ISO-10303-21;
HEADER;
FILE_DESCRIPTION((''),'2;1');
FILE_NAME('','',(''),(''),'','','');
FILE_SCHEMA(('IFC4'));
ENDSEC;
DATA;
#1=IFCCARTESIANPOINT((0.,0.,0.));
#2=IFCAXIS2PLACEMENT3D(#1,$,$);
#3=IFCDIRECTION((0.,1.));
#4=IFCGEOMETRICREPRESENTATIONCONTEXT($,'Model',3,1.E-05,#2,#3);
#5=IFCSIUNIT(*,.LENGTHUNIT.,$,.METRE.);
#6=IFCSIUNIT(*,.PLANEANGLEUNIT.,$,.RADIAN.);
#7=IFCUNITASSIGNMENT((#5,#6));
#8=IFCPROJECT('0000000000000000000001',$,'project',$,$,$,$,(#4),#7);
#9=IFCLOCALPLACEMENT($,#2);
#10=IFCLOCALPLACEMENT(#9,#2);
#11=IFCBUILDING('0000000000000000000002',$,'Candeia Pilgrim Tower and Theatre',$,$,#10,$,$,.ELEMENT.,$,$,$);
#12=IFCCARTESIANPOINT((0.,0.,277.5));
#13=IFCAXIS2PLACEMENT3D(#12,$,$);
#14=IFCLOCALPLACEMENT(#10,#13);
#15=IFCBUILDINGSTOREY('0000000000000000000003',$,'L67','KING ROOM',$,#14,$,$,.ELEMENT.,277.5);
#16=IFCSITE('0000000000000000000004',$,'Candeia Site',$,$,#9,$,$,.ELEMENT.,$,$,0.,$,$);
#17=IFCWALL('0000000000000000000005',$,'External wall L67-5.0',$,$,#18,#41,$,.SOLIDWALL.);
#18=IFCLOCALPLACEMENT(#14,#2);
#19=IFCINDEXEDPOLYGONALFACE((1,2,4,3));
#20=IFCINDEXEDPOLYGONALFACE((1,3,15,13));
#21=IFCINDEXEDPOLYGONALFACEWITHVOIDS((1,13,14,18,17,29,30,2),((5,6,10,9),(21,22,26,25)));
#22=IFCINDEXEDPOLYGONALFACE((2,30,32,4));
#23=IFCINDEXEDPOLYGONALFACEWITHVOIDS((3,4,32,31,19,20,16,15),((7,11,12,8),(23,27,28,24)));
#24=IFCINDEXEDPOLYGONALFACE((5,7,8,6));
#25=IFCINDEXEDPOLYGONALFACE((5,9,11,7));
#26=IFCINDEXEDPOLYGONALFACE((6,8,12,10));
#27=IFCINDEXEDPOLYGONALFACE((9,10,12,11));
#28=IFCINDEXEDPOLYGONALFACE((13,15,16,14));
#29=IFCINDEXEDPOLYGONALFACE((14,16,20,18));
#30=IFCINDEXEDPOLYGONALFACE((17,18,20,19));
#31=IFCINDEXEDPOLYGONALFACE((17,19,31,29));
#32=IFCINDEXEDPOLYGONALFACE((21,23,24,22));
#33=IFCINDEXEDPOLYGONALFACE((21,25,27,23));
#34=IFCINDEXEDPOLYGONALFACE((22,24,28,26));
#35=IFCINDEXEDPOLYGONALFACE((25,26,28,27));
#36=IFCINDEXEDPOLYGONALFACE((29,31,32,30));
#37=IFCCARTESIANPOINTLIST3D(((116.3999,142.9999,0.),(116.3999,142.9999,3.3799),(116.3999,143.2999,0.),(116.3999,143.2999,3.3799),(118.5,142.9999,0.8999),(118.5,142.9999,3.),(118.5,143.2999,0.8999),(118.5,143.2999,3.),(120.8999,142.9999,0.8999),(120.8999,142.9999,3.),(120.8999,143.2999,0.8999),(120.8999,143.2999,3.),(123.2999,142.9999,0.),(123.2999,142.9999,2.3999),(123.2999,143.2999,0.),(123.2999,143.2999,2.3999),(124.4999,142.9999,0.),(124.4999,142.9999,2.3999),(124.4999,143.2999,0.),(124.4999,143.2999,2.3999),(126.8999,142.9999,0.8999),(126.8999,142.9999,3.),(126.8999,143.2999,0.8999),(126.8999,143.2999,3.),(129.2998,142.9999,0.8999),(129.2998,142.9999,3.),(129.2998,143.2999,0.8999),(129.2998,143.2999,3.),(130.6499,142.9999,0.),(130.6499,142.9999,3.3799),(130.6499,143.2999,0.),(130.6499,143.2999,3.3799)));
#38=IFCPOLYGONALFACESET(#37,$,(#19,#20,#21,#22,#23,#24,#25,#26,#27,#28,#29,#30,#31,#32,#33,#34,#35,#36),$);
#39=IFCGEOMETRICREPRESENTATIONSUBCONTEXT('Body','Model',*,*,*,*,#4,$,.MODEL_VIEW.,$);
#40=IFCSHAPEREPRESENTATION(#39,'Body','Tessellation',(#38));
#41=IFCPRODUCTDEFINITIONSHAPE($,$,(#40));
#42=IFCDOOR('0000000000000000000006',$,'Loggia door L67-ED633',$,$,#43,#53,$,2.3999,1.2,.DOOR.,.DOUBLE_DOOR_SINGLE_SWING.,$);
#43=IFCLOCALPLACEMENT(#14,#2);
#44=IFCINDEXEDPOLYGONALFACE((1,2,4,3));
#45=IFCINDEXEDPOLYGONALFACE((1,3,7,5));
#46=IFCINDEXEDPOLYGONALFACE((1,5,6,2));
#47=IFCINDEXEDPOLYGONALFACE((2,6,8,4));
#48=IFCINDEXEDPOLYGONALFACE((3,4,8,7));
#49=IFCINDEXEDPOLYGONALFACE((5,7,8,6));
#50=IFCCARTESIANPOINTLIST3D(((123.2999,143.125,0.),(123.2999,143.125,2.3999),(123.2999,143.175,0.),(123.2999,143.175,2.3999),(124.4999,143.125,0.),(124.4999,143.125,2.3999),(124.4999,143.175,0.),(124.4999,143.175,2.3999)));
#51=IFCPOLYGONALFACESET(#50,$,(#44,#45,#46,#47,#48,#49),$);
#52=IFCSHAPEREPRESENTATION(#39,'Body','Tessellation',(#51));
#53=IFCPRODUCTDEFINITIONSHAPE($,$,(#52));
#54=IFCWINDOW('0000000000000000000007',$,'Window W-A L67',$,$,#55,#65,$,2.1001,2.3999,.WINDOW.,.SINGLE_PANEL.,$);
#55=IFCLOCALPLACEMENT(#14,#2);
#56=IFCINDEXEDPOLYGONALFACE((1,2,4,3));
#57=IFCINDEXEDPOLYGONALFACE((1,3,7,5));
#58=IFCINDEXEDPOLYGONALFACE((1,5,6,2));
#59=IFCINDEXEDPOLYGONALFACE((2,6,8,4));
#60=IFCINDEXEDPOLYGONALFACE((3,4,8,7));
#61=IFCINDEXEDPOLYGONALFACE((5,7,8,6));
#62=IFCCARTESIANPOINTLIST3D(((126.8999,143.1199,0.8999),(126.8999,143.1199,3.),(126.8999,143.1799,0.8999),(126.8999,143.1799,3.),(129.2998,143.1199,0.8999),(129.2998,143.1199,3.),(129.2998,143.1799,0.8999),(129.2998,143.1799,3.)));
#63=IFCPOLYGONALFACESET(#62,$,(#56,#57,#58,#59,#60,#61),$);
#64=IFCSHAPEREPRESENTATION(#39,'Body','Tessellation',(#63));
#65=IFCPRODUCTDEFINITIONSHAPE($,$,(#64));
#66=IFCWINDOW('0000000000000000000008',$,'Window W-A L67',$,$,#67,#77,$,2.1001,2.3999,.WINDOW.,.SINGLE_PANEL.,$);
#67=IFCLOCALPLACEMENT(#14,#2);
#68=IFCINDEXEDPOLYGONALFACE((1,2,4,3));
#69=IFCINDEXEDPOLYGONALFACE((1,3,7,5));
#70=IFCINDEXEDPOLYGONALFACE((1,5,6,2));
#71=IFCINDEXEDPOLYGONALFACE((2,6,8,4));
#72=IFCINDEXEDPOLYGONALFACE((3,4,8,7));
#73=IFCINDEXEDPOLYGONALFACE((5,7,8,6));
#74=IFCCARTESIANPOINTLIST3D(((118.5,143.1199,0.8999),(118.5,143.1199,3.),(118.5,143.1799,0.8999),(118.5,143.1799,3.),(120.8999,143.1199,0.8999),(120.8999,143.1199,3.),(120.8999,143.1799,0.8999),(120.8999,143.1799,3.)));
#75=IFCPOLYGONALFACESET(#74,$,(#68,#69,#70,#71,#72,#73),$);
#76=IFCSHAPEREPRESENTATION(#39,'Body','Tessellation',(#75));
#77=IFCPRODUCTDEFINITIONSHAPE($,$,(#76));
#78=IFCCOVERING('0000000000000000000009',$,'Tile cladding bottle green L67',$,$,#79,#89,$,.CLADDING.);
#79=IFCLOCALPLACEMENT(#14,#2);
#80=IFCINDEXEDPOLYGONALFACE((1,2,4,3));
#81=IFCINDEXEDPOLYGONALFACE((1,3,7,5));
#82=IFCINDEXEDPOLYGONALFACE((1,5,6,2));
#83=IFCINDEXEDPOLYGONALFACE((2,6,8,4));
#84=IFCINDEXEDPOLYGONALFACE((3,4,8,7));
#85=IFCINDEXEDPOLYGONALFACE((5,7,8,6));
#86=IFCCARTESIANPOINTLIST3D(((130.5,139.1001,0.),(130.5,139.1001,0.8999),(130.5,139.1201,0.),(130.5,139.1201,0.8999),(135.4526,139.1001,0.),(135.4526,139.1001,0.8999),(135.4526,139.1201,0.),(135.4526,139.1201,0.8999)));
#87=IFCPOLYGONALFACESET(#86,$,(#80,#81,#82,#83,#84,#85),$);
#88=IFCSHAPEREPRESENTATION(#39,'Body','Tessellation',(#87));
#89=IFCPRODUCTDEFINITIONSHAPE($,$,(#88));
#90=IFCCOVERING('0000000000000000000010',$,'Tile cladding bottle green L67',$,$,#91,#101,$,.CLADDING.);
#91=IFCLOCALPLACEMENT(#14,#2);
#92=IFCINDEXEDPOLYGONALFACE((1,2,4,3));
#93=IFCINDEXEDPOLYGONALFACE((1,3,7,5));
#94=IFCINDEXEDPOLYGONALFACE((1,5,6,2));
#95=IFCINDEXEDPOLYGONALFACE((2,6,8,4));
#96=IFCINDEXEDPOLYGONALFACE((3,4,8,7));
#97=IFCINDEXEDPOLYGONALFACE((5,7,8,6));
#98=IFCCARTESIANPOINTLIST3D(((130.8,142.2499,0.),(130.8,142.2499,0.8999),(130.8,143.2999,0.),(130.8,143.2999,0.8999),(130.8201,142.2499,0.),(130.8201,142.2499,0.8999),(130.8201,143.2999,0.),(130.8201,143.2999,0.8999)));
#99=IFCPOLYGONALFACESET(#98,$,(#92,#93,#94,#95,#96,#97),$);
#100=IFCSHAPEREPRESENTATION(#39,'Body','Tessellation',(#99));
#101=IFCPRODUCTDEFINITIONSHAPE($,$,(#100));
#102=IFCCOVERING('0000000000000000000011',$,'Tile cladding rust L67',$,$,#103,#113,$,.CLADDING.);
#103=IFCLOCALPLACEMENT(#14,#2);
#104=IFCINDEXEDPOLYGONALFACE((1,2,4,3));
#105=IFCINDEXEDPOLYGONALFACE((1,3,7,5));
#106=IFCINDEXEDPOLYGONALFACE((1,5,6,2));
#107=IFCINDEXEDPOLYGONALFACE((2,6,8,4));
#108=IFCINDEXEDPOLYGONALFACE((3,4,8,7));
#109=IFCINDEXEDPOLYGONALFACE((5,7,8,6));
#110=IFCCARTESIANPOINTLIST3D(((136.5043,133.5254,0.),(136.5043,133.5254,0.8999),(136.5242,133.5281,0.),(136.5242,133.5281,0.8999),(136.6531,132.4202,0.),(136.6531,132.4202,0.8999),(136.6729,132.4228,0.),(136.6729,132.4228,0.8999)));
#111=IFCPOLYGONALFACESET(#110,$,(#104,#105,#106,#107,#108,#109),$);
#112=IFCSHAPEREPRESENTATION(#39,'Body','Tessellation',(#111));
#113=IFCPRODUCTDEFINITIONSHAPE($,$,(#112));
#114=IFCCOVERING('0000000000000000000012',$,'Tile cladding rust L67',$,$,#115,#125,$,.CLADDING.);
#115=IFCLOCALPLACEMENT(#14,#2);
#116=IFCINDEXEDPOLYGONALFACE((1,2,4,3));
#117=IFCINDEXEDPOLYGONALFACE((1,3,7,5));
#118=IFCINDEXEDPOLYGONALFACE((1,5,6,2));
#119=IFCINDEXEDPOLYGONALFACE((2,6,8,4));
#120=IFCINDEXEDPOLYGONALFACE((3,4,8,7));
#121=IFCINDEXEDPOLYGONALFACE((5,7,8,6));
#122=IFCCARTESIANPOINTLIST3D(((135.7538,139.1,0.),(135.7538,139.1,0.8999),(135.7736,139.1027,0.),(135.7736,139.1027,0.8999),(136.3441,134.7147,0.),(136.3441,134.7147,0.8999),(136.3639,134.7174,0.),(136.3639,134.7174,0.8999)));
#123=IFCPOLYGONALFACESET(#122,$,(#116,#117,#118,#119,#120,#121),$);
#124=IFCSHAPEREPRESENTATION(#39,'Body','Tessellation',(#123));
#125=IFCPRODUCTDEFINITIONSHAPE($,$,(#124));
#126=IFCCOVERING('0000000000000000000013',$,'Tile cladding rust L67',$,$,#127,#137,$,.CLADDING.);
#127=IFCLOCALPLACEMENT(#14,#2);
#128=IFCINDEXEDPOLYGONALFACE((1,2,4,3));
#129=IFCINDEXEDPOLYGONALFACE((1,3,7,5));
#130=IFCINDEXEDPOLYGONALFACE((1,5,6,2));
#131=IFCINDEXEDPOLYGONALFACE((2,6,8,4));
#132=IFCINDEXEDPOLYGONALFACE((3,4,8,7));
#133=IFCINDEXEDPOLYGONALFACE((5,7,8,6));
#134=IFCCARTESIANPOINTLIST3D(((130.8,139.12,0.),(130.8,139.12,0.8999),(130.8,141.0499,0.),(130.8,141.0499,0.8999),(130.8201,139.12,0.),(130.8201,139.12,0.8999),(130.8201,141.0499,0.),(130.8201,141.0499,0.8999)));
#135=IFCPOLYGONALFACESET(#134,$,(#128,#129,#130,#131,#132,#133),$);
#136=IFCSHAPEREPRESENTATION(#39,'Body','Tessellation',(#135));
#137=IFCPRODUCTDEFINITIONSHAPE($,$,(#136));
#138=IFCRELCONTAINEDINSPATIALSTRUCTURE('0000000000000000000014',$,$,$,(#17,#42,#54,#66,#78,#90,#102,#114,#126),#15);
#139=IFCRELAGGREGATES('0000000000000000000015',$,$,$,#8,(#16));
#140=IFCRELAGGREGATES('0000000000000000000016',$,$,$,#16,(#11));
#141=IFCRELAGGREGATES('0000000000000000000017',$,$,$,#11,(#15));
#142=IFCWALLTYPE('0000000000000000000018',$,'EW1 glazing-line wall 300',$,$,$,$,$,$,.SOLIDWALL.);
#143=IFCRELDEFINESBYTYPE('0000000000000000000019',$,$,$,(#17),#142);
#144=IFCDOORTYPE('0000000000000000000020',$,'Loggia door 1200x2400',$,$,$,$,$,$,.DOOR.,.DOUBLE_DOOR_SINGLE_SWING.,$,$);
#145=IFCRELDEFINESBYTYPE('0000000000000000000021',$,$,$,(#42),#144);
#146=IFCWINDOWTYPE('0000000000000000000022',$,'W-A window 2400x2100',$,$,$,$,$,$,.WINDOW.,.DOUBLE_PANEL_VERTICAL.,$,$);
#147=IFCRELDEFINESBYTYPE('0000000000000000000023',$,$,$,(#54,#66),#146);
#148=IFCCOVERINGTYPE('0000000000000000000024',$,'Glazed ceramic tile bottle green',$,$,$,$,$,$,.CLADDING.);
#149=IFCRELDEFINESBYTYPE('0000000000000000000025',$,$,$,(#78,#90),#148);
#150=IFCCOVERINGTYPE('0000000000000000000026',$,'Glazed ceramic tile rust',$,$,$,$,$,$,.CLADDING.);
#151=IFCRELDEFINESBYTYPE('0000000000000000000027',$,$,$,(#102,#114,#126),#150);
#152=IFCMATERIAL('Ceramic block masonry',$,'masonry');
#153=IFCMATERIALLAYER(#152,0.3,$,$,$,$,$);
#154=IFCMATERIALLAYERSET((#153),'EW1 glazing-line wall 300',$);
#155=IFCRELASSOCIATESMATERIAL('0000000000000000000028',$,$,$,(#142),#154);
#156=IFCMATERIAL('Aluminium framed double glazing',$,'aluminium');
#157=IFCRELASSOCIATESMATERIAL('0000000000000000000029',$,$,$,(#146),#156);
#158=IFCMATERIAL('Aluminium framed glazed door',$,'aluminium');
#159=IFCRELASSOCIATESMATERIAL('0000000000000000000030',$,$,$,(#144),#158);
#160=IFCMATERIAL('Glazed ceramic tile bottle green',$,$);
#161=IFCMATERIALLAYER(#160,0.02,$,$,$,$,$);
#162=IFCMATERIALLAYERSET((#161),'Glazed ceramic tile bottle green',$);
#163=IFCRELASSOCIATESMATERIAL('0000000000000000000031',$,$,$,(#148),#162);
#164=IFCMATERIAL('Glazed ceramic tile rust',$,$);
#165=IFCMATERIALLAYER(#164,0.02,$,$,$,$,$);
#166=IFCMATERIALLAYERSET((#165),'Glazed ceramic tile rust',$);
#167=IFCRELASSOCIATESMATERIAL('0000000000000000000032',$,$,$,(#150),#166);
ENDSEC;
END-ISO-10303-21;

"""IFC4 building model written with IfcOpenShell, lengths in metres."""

from ifc_helpers import new_model, si_unit, direction, frame, frame_2d, origin, origin_2d, place, context, subcontext, project, spatial, rectangle, extrude, material, layer, layer_set, type_object, element, fill, save


model = new_model("IFC4")

# Units and contexts
model_context = context("Model", 3, precision=1e-05, world=origin(), true_north=direction((0.0, 1.0)))
body_context = subcontext(model_context, "Body", "Model", "MODEL_VIEW")
ifc_project = project(units=[si_unit("LENGTHUNIT", "METRE"), si_unit("PLANEANGLEUNIT", "RADIAN")], contexts=[model_context])

# Site, building, storey
site_placement = place(None, origin())
site = spatial("IfcSite", under=ifc_project, at=site_placement, Name="Candeia Site", CompositionType="ELEMENT", RefElevation=0.0)
building_placement = place(site_placement, origin())
building = spatial("IfcBuilding", under=site, at=building_placement, Name="Candeia Pilgrim Tower and Theatre", CompositionType="ELEMENT")
storey_placement = place(building_placement, frame((0.0, 0.0, 277.5)))
storey = spatial("IfcBuildingStorey", under=building, at=storey_placement, Name="L67", Description="KING ROOM", CompositionType="ELEMENT", Elevation=277.5)

# Shared definitions
ifc_material_1 = material(Name="Ceramic block masonry", Category="masonry")
ifc_layer_1 = layer(ifc_material_1, 0.3)
ifc_layer_set_1 = layer_set([ifc_layer_1], Name="EW1 glazing-line wall 300")
wall_type = type_object("IfcWallType", Name="EW1 glazing-line wall 300", PredefinedType="SOLIDWALL", material=ifc_layer_set_1)
ifc_material_2 = material(Name="Aluminium framed double glazing", Category="aluminium")
window_type = type_object("IfcWindowType", Name="W-A window 2400x2100", PartitioningType="DOUBLE_PANEL_VERTICAL", PredefinedType="WINDOW", material=ifc_material_2)

# Shared definitions
ifc_material_3 = material(Name="Aluminium framed glazed door", Category="aluminium")
door_type = type_object("IfcDoorType", Name="Loggia door 1200x2400", OperationType="DOUBLE_DOOR_SINGLE_SWING", PredefinedType="DOOR", material=ifc_material_3)

# Wall, openings, door, windows
wall_1_placement = place(storey_placement, frame((130.6499, 143.1499, 0.0), z_axis=(0.0, 0.0, 1.0), x_axis=(-1.0, 0.0, 0.0)))
wall_1 = element("IfcWall", 1, at=wall_1_placement, inside=storey, type_object=wall_type, Name="External wall L67-5.0", PredefinedType="SOLIDWALL", context=body_context, shape_type="SweptSolid", body=[
    extrude(rectangle(XDim=14.25, YDim=0.3, at=frame_2d((7.125, 0.0))), origin(), (0.0, 0.0, 1.0), 3.3799),
])
opening_1_placement = place(wall_1_placement, frame((1.3501, 0.0, 0.8999)))
opening_1 = element("IfcOpeningElement", 2, at=opening_1_placement, cuts=wall_1, PredefinedType="OPENING", context=body_context, shape_type="SweptSolid", body=[
    extrude(rectangle(XDim=2.3999, YDim=2.1001, at=frame_2d((1.2, 1.05))), frame((0.0, 0.1602, 0.0), z_axis=(0.0, -1.0, 0.0), x_axis=(1.0, 0.0, 0.0)), (0.0, 0.0, 1.0), 0.3201),
])
opening_2_placement = place(wall_1_placement, frame((6.1499, 0.0, 0.0)))
opening_2 = element("IfcOpeningElement", 3, at=opening_2_placement, cuts=wall_1, PredefinedType="OPENING", context=body_context, shape_type="SweptSolid", body=[
    extrude(rectangle(XDim=1.2, YDim=2.3999, at=frame_2d((0.6001, 1.2))), frame((0.0, 0.1602, 0.0), z_axis=(0.0, -1.0, 0.0), x_axis=(1.0, 0.0, 0.0)), (0.0, 0.0, 1.0), 0.3201),
])
opening_3_placement = place(wall_1_placement, frame((9.75, 0.0, 0.8999)))
opening_3 = element("IfcOpeningElement", 4, at=opening_3_placement, cuts=wall_1, PredefinedType="OPENING", context=body_context, shape_type="SweptSolid", body=[
    extrude(rectangle(XDim=2.3999, YDim=2.1001, at=frame_2d((1.2, 1.05))), frame((0.0, 0.1602, 0.0), z_axis=(0.0, -1.0, 0.0), x_axis=(1.0, 0.0, 0.0)), (0.0, 0.0, 1.0), 0.3201),
])
door_1_placement = place(opening_2_placement, origin())
door_1 = element("IfcDoor", 5, at=door_1_placement, inside=storey, type_object=door_type, Name="Loggia door L67-ED633", OperationType="DOUBLE_DOOR_SINGLE_SWING", OverallHeight=2.3999, OverallWidth=1.2, PredefinedType="DOOR", context=body_context, shape_type="SweptSolid", body=[
    extrude(rectangle(XDim=1.2, YDim=2.3999, at=frame_2d((0.6001, 1.2))), frame((0.0, 0.0249, 0.0), z_axis=(0.0, -1.0, 0.0), x_axis=(1.0, 0.0, 0.0)), (0.0, 0.0, 1.0), 0.05),
])
fill(opening_2, door_1)
window_1_placement = place(opening_1_placement, origin())
window_1 = element("IfcWindow", 6, at=window_1_placement, inside=storey, type_object=window_type, Name="Window W-A L67", OverallHeight=2.1001, OverallWidth=2.3999, PartitioningType="SINGLE_PANEL", PredefinedType="WINDOW", context=body_context, shape_type="SweptSolid", body=[
    extrude(rectangle(XDim=2.3999, YDim=2.1001, at=frame_2d((1.2, 1.05))), frame((0.0, 0.03, 0.0), z_axis=(0.0, -1.0, 0.0), x_axis=(1.0, 0.0, 0.0)), (0.0, 0.0, 1.0), 0.0601),
])
fill(opening_1, window_1)
window_2_placement = place(opening_3_placement, origin())
window_2 = element("IfcWindow", 7, at=window_2_placement, inside=storey, type_object=window_type, Name="Window W-A L67", OverallHeight=2.1001, OverallWidth=2.3999, PartitioningType="SINGLE_PANEL", PredefinedType="WINDOW", context=body_context, shape_type="SweptSolid", body=[
    extrude(rectangle(XDim=2.3999, YDim=2.1001, at=frame_2d((1.2, 1.05))), frame((0.0, 0.03, 0.0), z_axis=(0.0, -1.0, 0.0), x_axis=(1.0, 0.0, 0.0)), (0.0, 0.0, 1.0), 0.0601),
])
fill(opening_3, window_2)

# Coverings
ifc_material_4 = material(Name="Glazed ceramic tile bottle green")
ifc_layer_2 = layer(ifc_material_4, 0.02)
ifc_layer_set_2 = layer_set([ifc_layer_2], Name="Glazed ceramic tile bottle green")
covering_type_1 = type_object("IfcCoveringType", Name="Glazed ceramic tile bottle green", PredefinedType="CLADDING", material=ifc_layer_set_2)
covering_1_placement = place(storey_placement, frame((132.9763, 139.1101, 0.0), z_axis=(0.0, 0.0, 1.0), x_axis=(-1.0, 0.0, 0.0)))
element("IfcCovering", 8, at=covering_1_placement, inside=storey, type_object=covering_type_1, Name="Tile cladding bottle green L67", PredefinedType="CLADDING", context=body_context, shape_type="SweptSolid", body=[
    extrude(rectangle(XDim=4.9526, YDim=0.02, at=origin_2d()), origin(), (0.0, 0.0, 1.0), 0.8999),
])
covering_2_placement = place(storey_placement, frame((130.8101, 142.7749, 0.0), z_axis=(0.0, 0.0, 1.0), x_axis=(0.0, 1.0, 0.0)))
element("IfcCovering", 9, at=covering_2_placement, inside=storey, type_object=covering_type_1, Name="Tile cladding bottle green L67", PredefinedType="CLADDING", context=body_context, shape_type="SweptSolid", body=[
    extrude(rectangle(XDim=1.05, YDim=0.02, at=origin_2d()), origin(), (0.0, 0.0, 1.0), 0.8999),
])
ifc_material_5 = material(Name="Glazed ceramic tile rust")
ifc_layer_3 = layer(ifc_material_5, 0.02)
ifc_layer_set_3 = layer_set([ifc_layer_3], Name="Glazed ceramic tile rust")
covering_type_2 = type_object("IfcCoveringType", Name="Glazed ceramic tile rust", PredefinedType="CLADDING", material=ifc_layer_set_3)
covering_3_placement = place(storey_placement, frame((136.5886, 132.9741, 0.0), z_axis=(0.0, 0.0, 1.0), x_axis=(-0.133412, 0.991061, 0.0)))
element("IfcCovering", 10, at=covering_3_placement, inside=storey, type_object=covering_type_2, Name="Tile cladding rust L67", PredefinedType="CLADDING", context=body_context, shape_type="SweptSolid", body=[
    extrude(rectangle(XDim=1.1152, YDim=0.02, at=origin_2d()), origin(), (0.0, 0.0, 1.0), 0.8999),
])
covering_4_placement = place(storey_placement, frame((136.0588, 136.9087, 0.0), z_axis=(0.0, 0.0, 1.0), x_axis=(-0.133412, 0.991061, 0.0)))
element("IfcCovering", 11, at=covering_4_placement, inside=storey, type_object=covering_type_2, Name="Tile cladding rust L67", PredefinedType="CLADDING", context=body_context, shape_type="SweptSolid", body=[
    extrude(rectangle(XDim=4.4248, YDim=0.02, at=origin_2d()), origin(), (0.0, 0.0, 1.0), 0.8999),
])
covering_5_placement = place(storey_placement, frame((130.8101, 140.085, 0.0), z_axis=(0.0, 0.0, 1.0), x_axis=(0.0, 1.0, 0.0)))
element("IfcCovering", 12, at=covering_5_placement, inside=storey, type_object=covering_type_2, Name="Tile cladding rust L67", PredefinedType="CLADDING", context=body_context, shape_type="SweptSolid", body=[
    extrude(rectangle(XDim=1.9299, YDim=0.02, at=origin_2d()), origin(), (0.0, 0.0, 1.0), 0.8999),
])

save(model, "model.ifc")
